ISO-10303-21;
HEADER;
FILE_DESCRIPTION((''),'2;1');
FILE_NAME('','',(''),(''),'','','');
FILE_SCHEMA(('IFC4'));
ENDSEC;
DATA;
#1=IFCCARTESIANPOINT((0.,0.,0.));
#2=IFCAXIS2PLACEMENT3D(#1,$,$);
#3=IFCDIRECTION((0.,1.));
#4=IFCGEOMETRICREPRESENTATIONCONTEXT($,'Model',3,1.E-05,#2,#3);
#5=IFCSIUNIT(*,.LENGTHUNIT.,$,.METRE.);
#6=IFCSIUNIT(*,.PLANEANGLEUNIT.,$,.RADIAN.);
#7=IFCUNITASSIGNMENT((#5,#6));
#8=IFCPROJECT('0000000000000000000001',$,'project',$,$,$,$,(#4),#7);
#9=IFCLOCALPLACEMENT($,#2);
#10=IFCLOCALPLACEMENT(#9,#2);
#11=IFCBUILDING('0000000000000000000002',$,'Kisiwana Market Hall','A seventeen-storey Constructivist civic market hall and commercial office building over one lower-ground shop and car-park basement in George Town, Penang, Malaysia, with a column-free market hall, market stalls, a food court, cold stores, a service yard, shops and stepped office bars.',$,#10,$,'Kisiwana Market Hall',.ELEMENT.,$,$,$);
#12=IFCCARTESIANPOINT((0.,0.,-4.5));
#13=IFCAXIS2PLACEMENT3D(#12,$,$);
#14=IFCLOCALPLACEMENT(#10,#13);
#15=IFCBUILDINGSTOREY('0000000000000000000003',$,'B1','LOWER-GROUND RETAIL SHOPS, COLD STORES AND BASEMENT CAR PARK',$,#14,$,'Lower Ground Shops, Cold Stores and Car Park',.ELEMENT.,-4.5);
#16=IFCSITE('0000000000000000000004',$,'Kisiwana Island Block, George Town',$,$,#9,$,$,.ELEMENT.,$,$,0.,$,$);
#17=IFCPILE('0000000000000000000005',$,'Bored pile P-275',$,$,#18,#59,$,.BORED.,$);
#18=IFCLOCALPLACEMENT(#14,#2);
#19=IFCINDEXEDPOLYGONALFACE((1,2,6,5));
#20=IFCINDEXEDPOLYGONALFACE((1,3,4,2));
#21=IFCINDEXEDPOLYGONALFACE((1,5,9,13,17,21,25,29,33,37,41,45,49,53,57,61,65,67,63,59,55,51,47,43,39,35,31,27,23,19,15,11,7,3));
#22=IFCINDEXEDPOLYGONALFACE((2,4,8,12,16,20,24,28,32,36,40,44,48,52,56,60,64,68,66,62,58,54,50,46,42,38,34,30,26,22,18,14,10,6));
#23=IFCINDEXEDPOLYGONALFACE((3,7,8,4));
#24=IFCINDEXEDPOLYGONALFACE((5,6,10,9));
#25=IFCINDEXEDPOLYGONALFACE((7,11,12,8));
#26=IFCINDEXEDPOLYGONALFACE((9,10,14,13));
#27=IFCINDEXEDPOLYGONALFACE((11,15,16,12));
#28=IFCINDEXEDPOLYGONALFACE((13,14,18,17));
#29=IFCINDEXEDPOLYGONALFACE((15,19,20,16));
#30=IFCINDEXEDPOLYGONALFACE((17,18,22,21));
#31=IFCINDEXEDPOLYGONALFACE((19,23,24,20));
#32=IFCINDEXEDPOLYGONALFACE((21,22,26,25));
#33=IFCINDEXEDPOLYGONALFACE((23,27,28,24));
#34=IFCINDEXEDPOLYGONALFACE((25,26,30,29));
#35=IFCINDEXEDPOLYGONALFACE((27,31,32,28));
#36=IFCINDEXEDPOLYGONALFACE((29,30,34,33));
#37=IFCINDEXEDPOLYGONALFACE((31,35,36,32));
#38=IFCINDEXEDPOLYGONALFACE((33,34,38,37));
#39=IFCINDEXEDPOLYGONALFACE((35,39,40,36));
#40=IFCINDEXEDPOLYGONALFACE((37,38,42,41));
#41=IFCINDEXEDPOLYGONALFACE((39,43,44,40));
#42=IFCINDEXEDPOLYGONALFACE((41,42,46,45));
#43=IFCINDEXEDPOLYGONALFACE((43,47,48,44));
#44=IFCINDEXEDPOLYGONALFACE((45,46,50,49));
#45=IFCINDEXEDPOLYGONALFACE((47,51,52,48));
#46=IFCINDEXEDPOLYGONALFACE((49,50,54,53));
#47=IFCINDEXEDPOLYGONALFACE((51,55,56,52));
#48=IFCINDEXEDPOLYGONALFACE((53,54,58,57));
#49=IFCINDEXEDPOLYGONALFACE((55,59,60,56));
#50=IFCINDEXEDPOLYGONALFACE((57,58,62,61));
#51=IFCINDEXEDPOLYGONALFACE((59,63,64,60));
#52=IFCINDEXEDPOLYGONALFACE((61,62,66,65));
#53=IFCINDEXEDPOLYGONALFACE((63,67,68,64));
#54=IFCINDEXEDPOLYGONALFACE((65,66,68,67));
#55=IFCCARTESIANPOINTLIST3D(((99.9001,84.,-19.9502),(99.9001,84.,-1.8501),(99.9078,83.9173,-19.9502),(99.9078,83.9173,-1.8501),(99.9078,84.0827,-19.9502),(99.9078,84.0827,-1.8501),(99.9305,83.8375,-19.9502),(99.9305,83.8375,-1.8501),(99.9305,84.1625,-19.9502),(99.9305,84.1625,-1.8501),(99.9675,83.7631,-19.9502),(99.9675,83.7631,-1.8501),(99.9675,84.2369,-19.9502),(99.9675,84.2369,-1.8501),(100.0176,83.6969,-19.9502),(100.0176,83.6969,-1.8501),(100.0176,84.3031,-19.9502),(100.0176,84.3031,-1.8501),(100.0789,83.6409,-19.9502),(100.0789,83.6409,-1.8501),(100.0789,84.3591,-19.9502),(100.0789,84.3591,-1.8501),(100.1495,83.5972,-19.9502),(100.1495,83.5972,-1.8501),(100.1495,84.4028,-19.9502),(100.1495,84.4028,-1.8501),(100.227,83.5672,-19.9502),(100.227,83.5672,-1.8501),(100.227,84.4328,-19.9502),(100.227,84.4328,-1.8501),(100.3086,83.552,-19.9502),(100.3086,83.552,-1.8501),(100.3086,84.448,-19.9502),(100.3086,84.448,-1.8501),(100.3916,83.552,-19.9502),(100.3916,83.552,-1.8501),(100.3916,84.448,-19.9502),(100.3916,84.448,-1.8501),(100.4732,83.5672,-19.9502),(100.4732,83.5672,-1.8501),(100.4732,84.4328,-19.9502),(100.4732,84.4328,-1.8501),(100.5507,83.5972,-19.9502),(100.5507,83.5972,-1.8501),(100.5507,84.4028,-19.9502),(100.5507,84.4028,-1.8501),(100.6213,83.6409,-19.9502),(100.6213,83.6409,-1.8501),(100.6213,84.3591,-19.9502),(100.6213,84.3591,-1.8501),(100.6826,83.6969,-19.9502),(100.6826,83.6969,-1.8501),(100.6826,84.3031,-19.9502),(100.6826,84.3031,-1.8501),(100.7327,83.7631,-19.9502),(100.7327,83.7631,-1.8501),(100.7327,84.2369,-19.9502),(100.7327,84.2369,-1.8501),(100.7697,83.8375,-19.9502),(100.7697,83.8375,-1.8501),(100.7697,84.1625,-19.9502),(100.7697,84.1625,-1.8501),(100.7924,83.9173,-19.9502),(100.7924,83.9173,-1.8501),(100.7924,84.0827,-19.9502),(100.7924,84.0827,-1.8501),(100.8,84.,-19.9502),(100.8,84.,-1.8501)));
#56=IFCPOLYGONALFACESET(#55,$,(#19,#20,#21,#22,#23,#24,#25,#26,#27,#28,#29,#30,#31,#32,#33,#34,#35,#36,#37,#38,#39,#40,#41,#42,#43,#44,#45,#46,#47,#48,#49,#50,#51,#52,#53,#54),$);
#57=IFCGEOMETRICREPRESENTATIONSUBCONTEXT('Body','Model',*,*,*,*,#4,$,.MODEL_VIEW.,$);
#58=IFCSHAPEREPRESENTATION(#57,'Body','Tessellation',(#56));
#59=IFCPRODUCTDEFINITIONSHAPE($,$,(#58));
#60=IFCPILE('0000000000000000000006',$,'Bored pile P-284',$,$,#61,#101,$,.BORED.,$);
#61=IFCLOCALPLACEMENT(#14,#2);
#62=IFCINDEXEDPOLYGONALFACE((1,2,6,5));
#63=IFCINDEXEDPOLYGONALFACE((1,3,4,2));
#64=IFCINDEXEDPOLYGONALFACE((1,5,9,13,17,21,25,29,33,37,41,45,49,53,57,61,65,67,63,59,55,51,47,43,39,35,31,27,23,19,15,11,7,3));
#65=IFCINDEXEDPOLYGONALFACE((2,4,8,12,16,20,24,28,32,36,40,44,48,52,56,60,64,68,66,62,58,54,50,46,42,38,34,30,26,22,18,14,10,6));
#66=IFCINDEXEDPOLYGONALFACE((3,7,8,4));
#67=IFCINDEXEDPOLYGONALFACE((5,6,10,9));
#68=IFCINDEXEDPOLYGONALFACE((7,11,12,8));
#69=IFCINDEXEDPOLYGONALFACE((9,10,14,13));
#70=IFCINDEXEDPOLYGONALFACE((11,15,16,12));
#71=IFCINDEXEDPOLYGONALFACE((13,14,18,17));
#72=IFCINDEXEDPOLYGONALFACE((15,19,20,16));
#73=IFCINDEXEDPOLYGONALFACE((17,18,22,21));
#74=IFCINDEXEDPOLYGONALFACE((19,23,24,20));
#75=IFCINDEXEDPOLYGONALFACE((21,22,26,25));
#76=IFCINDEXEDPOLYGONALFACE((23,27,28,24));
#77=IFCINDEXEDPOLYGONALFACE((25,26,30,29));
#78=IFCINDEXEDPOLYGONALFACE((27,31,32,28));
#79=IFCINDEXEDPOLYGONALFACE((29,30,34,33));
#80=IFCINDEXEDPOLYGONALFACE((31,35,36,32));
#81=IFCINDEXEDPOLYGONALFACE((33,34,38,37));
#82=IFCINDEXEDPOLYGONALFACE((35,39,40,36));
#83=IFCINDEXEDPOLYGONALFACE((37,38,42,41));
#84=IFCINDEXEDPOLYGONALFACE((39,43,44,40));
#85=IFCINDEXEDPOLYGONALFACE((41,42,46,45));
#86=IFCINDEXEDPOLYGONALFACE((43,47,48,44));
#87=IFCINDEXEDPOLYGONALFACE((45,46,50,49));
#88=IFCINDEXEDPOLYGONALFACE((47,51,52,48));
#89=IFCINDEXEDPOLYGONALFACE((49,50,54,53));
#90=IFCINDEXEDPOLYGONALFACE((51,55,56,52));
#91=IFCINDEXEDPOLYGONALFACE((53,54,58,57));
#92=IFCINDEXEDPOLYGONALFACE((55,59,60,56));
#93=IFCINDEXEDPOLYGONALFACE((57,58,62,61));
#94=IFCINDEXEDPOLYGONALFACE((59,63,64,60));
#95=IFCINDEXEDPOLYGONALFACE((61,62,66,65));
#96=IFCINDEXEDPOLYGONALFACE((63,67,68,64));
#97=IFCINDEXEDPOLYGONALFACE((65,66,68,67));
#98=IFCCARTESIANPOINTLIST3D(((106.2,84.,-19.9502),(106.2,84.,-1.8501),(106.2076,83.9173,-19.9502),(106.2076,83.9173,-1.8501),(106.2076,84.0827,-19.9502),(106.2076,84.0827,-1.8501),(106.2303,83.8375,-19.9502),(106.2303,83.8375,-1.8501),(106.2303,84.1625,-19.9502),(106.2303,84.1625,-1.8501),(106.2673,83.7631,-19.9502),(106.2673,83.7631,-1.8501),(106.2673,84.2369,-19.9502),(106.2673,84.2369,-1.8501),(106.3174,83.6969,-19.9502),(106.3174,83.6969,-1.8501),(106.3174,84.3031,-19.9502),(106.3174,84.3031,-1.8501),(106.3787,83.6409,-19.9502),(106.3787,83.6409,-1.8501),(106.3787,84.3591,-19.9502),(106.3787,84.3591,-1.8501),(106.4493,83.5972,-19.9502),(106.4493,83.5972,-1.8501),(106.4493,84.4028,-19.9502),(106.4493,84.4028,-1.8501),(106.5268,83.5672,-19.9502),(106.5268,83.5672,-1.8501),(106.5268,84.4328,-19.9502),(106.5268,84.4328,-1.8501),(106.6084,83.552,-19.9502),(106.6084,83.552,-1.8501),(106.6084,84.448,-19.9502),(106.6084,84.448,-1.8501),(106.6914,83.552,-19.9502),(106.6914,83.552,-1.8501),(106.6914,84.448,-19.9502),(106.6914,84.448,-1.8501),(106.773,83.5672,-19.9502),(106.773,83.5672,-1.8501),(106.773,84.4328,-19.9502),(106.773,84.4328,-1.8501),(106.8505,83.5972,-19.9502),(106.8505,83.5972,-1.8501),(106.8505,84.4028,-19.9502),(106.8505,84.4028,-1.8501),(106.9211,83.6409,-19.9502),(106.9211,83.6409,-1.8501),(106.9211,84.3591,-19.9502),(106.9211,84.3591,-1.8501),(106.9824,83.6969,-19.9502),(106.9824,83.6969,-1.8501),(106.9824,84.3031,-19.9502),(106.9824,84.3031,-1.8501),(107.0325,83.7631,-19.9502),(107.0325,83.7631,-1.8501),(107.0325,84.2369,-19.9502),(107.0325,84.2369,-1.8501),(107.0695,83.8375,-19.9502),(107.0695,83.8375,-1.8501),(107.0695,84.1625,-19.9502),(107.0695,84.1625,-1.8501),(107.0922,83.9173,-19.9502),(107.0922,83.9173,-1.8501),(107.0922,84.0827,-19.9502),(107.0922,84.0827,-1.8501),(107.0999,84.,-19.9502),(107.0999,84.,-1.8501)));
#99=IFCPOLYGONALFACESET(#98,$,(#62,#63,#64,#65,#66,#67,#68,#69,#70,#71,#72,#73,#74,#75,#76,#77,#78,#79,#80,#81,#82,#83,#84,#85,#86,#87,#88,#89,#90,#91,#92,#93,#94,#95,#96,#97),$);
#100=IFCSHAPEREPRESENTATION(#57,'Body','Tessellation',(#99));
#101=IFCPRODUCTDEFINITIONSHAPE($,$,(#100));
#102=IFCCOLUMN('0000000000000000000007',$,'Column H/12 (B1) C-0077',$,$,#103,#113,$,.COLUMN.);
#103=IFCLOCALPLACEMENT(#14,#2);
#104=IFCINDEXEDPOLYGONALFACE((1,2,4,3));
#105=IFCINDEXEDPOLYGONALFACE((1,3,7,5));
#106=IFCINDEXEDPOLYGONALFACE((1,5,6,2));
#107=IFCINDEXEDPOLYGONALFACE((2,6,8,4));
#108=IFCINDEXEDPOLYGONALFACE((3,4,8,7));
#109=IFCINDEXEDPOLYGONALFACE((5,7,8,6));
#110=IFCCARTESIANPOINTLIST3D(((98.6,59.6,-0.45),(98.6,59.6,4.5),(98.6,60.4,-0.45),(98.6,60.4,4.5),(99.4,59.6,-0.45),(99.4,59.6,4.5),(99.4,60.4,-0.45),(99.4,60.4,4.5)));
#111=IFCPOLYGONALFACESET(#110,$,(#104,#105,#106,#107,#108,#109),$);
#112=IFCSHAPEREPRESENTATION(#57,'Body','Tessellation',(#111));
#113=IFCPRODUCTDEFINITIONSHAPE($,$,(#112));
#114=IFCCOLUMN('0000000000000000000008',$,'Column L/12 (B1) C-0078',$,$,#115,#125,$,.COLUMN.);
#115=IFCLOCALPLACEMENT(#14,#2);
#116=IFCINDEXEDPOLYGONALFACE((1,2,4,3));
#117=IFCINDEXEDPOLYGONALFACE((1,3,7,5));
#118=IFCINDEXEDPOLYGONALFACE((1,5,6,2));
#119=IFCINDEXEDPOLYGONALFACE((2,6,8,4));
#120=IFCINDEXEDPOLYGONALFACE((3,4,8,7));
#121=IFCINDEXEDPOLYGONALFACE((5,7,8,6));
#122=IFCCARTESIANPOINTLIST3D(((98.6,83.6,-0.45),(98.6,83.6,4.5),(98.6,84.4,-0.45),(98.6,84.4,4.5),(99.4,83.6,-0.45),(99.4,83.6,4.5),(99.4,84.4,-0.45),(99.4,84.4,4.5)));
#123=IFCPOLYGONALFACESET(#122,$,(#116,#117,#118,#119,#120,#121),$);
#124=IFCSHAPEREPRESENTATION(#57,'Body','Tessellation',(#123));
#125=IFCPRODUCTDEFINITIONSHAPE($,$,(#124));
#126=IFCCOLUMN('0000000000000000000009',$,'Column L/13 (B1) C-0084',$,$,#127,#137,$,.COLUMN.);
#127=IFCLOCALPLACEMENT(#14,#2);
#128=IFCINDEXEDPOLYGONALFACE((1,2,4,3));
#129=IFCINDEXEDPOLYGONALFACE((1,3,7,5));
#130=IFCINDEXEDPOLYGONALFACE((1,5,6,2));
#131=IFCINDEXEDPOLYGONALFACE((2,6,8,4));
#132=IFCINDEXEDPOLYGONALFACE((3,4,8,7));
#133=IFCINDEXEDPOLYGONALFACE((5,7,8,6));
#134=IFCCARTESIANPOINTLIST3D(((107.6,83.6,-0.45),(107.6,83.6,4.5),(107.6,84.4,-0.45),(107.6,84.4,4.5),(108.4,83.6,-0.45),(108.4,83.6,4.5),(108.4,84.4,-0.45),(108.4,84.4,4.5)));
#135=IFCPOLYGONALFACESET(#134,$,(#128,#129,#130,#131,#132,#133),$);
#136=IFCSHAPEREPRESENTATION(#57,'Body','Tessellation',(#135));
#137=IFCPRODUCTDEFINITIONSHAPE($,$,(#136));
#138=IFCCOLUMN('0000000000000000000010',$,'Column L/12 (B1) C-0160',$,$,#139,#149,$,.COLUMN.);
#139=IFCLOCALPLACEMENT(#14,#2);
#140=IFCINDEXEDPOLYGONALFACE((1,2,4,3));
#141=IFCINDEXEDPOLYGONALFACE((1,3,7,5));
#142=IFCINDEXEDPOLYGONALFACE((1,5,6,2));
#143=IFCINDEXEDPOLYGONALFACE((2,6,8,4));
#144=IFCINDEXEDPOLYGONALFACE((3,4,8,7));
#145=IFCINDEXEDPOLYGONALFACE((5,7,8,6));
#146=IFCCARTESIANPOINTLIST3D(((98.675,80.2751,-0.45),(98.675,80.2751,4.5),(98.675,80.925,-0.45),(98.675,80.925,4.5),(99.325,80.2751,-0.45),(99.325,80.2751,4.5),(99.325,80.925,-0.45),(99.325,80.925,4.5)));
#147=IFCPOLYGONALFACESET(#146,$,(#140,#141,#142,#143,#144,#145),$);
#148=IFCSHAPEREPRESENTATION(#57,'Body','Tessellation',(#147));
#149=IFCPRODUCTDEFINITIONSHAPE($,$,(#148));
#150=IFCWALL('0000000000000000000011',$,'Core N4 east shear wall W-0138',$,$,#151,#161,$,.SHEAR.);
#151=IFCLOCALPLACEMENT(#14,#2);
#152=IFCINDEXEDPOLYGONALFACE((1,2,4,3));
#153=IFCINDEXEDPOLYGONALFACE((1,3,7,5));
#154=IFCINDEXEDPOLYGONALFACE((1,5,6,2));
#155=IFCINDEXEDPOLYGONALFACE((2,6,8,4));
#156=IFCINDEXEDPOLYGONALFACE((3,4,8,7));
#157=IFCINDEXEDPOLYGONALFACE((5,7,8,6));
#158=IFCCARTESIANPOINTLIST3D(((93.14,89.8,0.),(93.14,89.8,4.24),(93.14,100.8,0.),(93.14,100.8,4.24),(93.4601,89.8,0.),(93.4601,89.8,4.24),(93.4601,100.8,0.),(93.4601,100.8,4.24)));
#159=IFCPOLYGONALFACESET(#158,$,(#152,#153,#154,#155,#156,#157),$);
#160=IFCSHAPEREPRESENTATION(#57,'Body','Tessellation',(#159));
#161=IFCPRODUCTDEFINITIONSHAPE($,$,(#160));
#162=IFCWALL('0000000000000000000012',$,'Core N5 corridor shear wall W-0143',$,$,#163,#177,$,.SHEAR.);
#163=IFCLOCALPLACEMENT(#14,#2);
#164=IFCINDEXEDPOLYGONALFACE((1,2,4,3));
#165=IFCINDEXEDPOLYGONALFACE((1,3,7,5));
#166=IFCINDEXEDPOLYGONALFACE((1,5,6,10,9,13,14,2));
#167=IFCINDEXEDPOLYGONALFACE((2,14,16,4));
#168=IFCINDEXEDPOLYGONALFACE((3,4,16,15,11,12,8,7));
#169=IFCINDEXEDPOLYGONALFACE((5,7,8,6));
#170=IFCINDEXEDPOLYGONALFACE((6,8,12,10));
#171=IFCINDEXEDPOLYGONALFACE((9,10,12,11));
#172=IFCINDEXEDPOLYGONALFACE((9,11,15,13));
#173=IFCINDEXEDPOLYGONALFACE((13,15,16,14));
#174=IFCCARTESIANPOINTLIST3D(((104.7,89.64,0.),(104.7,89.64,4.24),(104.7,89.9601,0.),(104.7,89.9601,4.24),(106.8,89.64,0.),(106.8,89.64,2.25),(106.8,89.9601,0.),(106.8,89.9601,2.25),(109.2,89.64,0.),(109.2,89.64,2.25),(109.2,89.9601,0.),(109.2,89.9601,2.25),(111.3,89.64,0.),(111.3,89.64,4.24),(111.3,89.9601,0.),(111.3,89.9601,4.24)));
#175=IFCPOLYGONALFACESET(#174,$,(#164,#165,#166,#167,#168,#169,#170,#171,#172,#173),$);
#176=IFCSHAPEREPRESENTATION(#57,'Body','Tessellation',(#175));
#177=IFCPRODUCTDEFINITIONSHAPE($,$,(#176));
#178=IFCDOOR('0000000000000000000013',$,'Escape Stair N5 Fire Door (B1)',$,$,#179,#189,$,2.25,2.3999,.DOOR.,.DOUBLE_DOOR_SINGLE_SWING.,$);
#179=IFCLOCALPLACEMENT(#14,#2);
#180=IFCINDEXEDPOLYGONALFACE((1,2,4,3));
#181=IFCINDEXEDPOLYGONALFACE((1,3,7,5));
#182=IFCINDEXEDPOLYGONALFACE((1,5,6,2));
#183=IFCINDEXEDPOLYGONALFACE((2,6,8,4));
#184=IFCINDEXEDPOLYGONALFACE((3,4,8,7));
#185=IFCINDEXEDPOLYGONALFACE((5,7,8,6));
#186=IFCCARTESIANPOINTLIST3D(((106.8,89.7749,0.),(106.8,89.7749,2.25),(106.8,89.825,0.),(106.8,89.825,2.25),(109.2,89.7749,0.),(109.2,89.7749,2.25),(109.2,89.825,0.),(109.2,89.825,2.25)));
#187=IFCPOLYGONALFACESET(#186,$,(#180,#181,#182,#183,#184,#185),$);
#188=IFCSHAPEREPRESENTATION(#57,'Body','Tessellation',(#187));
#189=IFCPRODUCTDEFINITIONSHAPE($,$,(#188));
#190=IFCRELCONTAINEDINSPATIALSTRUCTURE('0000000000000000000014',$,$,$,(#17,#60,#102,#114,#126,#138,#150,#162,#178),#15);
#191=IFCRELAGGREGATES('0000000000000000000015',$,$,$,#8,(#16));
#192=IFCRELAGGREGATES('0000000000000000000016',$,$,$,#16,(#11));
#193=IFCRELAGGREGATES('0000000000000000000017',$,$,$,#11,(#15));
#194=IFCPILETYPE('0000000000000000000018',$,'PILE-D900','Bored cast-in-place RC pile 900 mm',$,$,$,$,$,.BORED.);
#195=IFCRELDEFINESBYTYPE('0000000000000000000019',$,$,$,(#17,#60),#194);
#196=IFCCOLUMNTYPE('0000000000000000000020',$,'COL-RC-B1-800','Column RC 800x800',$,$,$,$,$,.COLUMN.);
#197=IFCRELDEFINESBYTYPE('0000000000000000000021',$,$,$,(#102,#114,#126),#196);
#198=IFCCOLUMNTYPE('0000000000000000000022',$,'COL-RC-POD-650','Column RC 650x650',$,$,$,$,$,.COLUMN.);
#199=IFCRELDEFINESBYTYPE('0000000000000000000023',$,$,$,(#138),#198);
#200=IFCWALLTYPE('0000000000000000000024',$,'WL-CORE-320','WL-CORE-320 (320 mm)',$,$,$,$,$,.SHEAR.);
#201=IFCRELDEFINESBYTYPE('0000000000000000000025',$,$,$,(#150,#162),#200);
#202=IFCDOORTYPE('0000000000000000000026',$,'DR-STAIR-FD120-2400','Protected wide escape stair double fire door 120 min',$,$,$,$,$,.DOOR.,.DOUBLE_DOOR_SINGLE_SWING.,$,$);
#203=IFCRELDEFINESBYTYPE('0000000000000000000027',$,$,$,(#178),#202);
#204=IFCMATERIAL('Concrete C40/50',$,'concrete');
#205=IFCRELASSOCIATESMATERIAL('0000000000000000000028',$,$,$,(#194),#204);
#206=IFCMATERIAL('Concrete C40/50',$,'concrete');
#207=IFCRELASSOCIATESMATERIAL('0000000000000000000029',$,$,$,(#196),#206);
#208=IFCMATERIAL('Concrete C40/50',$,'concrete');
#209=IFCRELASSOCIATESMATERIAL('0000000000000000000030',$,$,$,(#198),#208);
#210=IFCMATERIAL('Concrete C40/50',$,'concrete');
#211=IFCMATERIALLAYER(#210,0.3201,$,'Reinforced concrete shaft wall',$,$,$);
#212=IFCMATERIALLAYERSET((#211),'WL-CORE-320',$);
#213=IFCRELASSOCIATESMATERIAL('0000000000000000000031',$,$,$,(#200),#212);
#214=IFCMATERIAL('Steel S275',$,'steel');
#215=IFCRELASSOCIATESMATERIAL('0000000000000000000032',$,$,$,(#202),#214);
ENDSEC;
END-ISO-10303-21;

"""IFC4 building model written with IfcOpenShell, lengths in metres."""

from ifc_helpers import new_model, si_unit, direction, frame, frame_2d, origin, origin_2d, place, context, subcontext, project, spatial, rectangle, circle, extrude, material, layer, layer_set, material_profile, profile_set, type_object, element, fill, save


model = new_model("IFC4")

# Units and contexts
model_context = context("Model", 3, precision=1e-05, world=origin(), true_north=direction((0.0, 1.0)))
body_context = subcontext(model_context, "Body", "Model", "MODEL_VIEW")
ifc_project = project(units=[si_unit("LENGTHUNIT", "METRE"), si_unit("PLANEANGLEUNIT", "RADIAN")], contexts=[model_context])

# Site, building, storey
site_placement = place(None, origin())
site = spatial("IfcSite", under=ifc_project, at=site_placement, Name="Kisiwana Island Block, George Town", CompositionType="ELEMENT", RefElevation=0.0)
building_placement = place(site_placement, origin())
building = spatial("IfcBuilding", under=site, at=building_placement, Name="Kisiwana Market Hall", Description="A seventeen-storey Constructivist civic market hall and commercial office building over one lower-ground shop and car-park basement in George Town, Penang, Malaysia, with a column-free market hall, market stalls, a food court, cold stores, a service yard, shops and stepped office bars.", LongName="Kisiwana Market Hall", CompositionType="ELEMENT")
storey_placement = place(building_placement, frame((0.0, 0.0, -4.5)))
storey = spatial("IfcBuildingStorey", under=building, at=storey_placement, Name="B1", Description="LOWER-GROUND RETAIL SHOPS, COLD STORES AND BASEMENT CAR PARK", LongName="Lower Ground Shops, Cold Stores and Car Park", CompositionType="ELEMENT", Elevation=-4.5)

# Piles
ifc_material_1 = material(Name="Concrete C40/50", Category="concrete")
ifc_material_profile_1 = material_profile(ifc_material_1, circle(Radius=0.45, at=origin_2d()), Name="BP D900")
ifc_profile_set_1 = profile_set([ifc_material_profile_1], Name="Concrete C40/50")
pile_type_1 = type_object("IfcPileType", Name="PILE-D900", Description="Bored cast-in-place RC pile 900 mm", PredefinedType="BORED", material=ifc_profile_set_1)
for number, where, z_axis, x_axis, name in (
    (1, (100.3501, 84.0, -1.8501), (0.0, 0.0, -1.0), (1.0, 0.0, 0.0), "Bored pile P-275"),
    (2, (106.6499, 84.0, -1.8501), (0.0, 0.0, -1.0), (1.0, 0.0, 0.0), "Bored pile P-284"),
):
    element("IfcPile", number, at=place(storey_placement, frame(where, z_axis=z_axis, x_axis=x_axis)), inside=storey, type_object=pile_type_1, Name=name, PredefinedType="BORED", context=body_context, shape_type="SweptSolid", body=[
        extrude(circle(Radius=0.45, at=origin_2d()), origin(), (0.0, 0.0, 1.0), 18.1001),
    ])

# Columns
ifc_material_2 = material(Name="Concrete C40/50", Category="concrete")
ifc_material_profile_2 = material_profile(ifc_material_2, rectangle(XDim=0.8, YDim=0.8, at=origin_2d()), Name="RC 800x800")
ifc_profile_set_2 = profile_set([ifc_material_profile_2], Name="Concrete C40/50")
column_type_1 = type_object("IfcColumnType", Name="COL-RC-B1-800", Description="Column RC 800x800", PredefinedType="COLUMN", material=ifc_profile_set_2)
for number, where, z_axis, x_axis, name in (
    (3, (99.0, 60.0, -0.45), (0.0, 0.0, 1.0), (1.0, 0.0, 0.0), "Column H/12 (B1) C-0077"),
    (4, (99.0, 84.0, -0.45), (0.0, 0.0, 1.0), (1.0, 0.0, 0.0), "Column L/12 (B1) C-0078"),
    (5, (108.0, 84.0, -0.45), (0.0, 0.0, 1.0), (1.0, 0.0, 0.0), "Column L/13 (B1) C-0084"),
):
    element("IfcColumn", number, at=place(storey_placement, frame(where, z_axis=z_axis, x_axis=x_axis)), inside=storey, type_object=column_type_1, Name=name, PredefinedType="COLUMN", context=body_context, shape_type="SweptSolid", body=[
        extrude(rectangle(XDim=0.8, YDim=0.8, at=origin_2d()), origin(), (0.0, 0.0, 1.0), 4.95),
    ])
ifc_material_3 = material(Name="Concrete C40/50", Category="concrete")
ifc_material_profile_3 = material_profile(ifc_material_3, rectangle(XDim=0.6499, YDim=0.6499, at=origin_2d()), Name="RC 650x650")
ifc_profile_set_3 = profile_set([ifc_material_profile_3], Name="Concrete C40/50")
column_type_2 = type_object("IfcColumnType", Name="COL-RC-POD-650", Description="Column RC 650x650", PredefinedType="COLUMN", material=ifc_profile_set_3)
column_placement = place(storey_placement, frame((99.0, 80.6001, -0.45), z_axis=(0.0, 0.0, 1.0), x_axis=(1.0, 0.0, 0.0)))
element("IfcColumn", 6, at=column_placement, inside=storey, type_object=column_type_2, Name="Column L/12 (B1) C-0160", PredefinedType="COLUMN", context=body_context, shape_type="SweptSolid", body=[
    extrude(rectangle(XDim=0.6499, YDim=0.6499, at=origin_2d()), origin(), (0.0, 0.0, 1.0), 4.95),
])

# Wall
ifc_material_4 = material(Name="Concrete C40/50", Category="concrete")
ifc_layer_1 = layer(ifc_material_4, 0.3201, Name="Reinforced concrete shaft wall")
ifc_layer_set_1 = layer_set([ifc_layer_1], Name="WL-CORE-320")
wall_type = type_object("IfcWallType", Name="WL-CORE-320", Description="WL-CORE-320 (320 mm)", PredefinedType="SHEAR", material=ifc_layer_set_1)
wall_1_placement = place(storey_placement, frame((93.3, 89.8, 0.0), z_axis=(0.0, 0.0, 1.0), x_axis=(0.0, 1.0, 0.0)))
element("IfcWall", 7, at=wall_1_placement, inside=storey, type_object=wall_type, Name="Core N4 east shear wall W-0138", PredefinedType="SHEAR", context=body_context, shape_type="SweptSolid", body=[
    extrude(rectangle(XDim=11.0, YDim=0.3201, at=frame_2d((5.5, 0.0))), origin(), (0.0, 0.0, 1.0), 4.24),
])

# Wall, opening, door
wall_2_placement = place(storey_placement, frame((104.7, 89.8, 0.0), z_axis=(0.0, 0.0, 1.0), x_axis=(1.0, 0.0, 0.0)))
wall_2 = element("IfcWall", 8, at=wall_2_placement, inside=storey, type_object=wall_type, Name="Core N5 corridor shear wall W-0143", PredefinedType="SHEAR", context=body_context, shape_type="SweptSolid", body=[
    extrude(rectangle(XDim=6.6001, YDim=0.3201, at=frame_2d((3.3, 0.0))), origin(), (0.0, 0.0, 1.0), 4.24),
])
opening_placement = place(wall_2_placement, frame((2.1001, 0.0, 0.0)))
opening = element("IfcOpeningElement", 9, at=opening_placement, cuts=wall_2, PredefinedType="OPENING", context=body_context, shape_type="SweptSolid", body=[
    extrude(rectangle(XDim=2.3999, YDim=2.25, at=frame_2d((1.2, 1.125))), frame((0.0, 0.1719, 0.0), z_axis=(0.0, -1.0, 0.0), x_axis=(1.0, 0.0, 0.0)), (0.0, 0.0, 1.0), 0.344),
])
ifc_material_5 = material(Name="Steel S275", Category="steel")
door_type = type_object("IfcDoorType", Name="DR-STAIR-FD120-2400", Description="Protected wide escape stair double fire door 120 min", OperationType="DOUBLE_DOOR_SINGLE_SWING", PredefinedType="DOOR", material=ifc_material_5)
door_placement = place(opening_placement, origin())
door = element("IfcDoor", 10, at=door_placement, inside=storey, type_object=door_type, Name="Escape Stair N5 Fire Door (B1)", OperationType="DOUBLE_DOOR_SINGLE_SWING", OverallHeight=2.25, OverallWidth=2.3999, PredefinedType="DOOR", context=body_context, shape_type="SweptSolid", body=[
    extrude(rectangle(XDim=2.3999, YDim=2.25, at=frame_2d((1.2, 1.125))), frame((0.0, 0.0249, 0.0), z_axis=(0.0, -1.0, 0.0), x_axis=(1.0, 0.0, 0.0)), (0.0, 0.0, 1.0), 0.05),
])
fill(opening, door)

save(model, "model.ifc")
